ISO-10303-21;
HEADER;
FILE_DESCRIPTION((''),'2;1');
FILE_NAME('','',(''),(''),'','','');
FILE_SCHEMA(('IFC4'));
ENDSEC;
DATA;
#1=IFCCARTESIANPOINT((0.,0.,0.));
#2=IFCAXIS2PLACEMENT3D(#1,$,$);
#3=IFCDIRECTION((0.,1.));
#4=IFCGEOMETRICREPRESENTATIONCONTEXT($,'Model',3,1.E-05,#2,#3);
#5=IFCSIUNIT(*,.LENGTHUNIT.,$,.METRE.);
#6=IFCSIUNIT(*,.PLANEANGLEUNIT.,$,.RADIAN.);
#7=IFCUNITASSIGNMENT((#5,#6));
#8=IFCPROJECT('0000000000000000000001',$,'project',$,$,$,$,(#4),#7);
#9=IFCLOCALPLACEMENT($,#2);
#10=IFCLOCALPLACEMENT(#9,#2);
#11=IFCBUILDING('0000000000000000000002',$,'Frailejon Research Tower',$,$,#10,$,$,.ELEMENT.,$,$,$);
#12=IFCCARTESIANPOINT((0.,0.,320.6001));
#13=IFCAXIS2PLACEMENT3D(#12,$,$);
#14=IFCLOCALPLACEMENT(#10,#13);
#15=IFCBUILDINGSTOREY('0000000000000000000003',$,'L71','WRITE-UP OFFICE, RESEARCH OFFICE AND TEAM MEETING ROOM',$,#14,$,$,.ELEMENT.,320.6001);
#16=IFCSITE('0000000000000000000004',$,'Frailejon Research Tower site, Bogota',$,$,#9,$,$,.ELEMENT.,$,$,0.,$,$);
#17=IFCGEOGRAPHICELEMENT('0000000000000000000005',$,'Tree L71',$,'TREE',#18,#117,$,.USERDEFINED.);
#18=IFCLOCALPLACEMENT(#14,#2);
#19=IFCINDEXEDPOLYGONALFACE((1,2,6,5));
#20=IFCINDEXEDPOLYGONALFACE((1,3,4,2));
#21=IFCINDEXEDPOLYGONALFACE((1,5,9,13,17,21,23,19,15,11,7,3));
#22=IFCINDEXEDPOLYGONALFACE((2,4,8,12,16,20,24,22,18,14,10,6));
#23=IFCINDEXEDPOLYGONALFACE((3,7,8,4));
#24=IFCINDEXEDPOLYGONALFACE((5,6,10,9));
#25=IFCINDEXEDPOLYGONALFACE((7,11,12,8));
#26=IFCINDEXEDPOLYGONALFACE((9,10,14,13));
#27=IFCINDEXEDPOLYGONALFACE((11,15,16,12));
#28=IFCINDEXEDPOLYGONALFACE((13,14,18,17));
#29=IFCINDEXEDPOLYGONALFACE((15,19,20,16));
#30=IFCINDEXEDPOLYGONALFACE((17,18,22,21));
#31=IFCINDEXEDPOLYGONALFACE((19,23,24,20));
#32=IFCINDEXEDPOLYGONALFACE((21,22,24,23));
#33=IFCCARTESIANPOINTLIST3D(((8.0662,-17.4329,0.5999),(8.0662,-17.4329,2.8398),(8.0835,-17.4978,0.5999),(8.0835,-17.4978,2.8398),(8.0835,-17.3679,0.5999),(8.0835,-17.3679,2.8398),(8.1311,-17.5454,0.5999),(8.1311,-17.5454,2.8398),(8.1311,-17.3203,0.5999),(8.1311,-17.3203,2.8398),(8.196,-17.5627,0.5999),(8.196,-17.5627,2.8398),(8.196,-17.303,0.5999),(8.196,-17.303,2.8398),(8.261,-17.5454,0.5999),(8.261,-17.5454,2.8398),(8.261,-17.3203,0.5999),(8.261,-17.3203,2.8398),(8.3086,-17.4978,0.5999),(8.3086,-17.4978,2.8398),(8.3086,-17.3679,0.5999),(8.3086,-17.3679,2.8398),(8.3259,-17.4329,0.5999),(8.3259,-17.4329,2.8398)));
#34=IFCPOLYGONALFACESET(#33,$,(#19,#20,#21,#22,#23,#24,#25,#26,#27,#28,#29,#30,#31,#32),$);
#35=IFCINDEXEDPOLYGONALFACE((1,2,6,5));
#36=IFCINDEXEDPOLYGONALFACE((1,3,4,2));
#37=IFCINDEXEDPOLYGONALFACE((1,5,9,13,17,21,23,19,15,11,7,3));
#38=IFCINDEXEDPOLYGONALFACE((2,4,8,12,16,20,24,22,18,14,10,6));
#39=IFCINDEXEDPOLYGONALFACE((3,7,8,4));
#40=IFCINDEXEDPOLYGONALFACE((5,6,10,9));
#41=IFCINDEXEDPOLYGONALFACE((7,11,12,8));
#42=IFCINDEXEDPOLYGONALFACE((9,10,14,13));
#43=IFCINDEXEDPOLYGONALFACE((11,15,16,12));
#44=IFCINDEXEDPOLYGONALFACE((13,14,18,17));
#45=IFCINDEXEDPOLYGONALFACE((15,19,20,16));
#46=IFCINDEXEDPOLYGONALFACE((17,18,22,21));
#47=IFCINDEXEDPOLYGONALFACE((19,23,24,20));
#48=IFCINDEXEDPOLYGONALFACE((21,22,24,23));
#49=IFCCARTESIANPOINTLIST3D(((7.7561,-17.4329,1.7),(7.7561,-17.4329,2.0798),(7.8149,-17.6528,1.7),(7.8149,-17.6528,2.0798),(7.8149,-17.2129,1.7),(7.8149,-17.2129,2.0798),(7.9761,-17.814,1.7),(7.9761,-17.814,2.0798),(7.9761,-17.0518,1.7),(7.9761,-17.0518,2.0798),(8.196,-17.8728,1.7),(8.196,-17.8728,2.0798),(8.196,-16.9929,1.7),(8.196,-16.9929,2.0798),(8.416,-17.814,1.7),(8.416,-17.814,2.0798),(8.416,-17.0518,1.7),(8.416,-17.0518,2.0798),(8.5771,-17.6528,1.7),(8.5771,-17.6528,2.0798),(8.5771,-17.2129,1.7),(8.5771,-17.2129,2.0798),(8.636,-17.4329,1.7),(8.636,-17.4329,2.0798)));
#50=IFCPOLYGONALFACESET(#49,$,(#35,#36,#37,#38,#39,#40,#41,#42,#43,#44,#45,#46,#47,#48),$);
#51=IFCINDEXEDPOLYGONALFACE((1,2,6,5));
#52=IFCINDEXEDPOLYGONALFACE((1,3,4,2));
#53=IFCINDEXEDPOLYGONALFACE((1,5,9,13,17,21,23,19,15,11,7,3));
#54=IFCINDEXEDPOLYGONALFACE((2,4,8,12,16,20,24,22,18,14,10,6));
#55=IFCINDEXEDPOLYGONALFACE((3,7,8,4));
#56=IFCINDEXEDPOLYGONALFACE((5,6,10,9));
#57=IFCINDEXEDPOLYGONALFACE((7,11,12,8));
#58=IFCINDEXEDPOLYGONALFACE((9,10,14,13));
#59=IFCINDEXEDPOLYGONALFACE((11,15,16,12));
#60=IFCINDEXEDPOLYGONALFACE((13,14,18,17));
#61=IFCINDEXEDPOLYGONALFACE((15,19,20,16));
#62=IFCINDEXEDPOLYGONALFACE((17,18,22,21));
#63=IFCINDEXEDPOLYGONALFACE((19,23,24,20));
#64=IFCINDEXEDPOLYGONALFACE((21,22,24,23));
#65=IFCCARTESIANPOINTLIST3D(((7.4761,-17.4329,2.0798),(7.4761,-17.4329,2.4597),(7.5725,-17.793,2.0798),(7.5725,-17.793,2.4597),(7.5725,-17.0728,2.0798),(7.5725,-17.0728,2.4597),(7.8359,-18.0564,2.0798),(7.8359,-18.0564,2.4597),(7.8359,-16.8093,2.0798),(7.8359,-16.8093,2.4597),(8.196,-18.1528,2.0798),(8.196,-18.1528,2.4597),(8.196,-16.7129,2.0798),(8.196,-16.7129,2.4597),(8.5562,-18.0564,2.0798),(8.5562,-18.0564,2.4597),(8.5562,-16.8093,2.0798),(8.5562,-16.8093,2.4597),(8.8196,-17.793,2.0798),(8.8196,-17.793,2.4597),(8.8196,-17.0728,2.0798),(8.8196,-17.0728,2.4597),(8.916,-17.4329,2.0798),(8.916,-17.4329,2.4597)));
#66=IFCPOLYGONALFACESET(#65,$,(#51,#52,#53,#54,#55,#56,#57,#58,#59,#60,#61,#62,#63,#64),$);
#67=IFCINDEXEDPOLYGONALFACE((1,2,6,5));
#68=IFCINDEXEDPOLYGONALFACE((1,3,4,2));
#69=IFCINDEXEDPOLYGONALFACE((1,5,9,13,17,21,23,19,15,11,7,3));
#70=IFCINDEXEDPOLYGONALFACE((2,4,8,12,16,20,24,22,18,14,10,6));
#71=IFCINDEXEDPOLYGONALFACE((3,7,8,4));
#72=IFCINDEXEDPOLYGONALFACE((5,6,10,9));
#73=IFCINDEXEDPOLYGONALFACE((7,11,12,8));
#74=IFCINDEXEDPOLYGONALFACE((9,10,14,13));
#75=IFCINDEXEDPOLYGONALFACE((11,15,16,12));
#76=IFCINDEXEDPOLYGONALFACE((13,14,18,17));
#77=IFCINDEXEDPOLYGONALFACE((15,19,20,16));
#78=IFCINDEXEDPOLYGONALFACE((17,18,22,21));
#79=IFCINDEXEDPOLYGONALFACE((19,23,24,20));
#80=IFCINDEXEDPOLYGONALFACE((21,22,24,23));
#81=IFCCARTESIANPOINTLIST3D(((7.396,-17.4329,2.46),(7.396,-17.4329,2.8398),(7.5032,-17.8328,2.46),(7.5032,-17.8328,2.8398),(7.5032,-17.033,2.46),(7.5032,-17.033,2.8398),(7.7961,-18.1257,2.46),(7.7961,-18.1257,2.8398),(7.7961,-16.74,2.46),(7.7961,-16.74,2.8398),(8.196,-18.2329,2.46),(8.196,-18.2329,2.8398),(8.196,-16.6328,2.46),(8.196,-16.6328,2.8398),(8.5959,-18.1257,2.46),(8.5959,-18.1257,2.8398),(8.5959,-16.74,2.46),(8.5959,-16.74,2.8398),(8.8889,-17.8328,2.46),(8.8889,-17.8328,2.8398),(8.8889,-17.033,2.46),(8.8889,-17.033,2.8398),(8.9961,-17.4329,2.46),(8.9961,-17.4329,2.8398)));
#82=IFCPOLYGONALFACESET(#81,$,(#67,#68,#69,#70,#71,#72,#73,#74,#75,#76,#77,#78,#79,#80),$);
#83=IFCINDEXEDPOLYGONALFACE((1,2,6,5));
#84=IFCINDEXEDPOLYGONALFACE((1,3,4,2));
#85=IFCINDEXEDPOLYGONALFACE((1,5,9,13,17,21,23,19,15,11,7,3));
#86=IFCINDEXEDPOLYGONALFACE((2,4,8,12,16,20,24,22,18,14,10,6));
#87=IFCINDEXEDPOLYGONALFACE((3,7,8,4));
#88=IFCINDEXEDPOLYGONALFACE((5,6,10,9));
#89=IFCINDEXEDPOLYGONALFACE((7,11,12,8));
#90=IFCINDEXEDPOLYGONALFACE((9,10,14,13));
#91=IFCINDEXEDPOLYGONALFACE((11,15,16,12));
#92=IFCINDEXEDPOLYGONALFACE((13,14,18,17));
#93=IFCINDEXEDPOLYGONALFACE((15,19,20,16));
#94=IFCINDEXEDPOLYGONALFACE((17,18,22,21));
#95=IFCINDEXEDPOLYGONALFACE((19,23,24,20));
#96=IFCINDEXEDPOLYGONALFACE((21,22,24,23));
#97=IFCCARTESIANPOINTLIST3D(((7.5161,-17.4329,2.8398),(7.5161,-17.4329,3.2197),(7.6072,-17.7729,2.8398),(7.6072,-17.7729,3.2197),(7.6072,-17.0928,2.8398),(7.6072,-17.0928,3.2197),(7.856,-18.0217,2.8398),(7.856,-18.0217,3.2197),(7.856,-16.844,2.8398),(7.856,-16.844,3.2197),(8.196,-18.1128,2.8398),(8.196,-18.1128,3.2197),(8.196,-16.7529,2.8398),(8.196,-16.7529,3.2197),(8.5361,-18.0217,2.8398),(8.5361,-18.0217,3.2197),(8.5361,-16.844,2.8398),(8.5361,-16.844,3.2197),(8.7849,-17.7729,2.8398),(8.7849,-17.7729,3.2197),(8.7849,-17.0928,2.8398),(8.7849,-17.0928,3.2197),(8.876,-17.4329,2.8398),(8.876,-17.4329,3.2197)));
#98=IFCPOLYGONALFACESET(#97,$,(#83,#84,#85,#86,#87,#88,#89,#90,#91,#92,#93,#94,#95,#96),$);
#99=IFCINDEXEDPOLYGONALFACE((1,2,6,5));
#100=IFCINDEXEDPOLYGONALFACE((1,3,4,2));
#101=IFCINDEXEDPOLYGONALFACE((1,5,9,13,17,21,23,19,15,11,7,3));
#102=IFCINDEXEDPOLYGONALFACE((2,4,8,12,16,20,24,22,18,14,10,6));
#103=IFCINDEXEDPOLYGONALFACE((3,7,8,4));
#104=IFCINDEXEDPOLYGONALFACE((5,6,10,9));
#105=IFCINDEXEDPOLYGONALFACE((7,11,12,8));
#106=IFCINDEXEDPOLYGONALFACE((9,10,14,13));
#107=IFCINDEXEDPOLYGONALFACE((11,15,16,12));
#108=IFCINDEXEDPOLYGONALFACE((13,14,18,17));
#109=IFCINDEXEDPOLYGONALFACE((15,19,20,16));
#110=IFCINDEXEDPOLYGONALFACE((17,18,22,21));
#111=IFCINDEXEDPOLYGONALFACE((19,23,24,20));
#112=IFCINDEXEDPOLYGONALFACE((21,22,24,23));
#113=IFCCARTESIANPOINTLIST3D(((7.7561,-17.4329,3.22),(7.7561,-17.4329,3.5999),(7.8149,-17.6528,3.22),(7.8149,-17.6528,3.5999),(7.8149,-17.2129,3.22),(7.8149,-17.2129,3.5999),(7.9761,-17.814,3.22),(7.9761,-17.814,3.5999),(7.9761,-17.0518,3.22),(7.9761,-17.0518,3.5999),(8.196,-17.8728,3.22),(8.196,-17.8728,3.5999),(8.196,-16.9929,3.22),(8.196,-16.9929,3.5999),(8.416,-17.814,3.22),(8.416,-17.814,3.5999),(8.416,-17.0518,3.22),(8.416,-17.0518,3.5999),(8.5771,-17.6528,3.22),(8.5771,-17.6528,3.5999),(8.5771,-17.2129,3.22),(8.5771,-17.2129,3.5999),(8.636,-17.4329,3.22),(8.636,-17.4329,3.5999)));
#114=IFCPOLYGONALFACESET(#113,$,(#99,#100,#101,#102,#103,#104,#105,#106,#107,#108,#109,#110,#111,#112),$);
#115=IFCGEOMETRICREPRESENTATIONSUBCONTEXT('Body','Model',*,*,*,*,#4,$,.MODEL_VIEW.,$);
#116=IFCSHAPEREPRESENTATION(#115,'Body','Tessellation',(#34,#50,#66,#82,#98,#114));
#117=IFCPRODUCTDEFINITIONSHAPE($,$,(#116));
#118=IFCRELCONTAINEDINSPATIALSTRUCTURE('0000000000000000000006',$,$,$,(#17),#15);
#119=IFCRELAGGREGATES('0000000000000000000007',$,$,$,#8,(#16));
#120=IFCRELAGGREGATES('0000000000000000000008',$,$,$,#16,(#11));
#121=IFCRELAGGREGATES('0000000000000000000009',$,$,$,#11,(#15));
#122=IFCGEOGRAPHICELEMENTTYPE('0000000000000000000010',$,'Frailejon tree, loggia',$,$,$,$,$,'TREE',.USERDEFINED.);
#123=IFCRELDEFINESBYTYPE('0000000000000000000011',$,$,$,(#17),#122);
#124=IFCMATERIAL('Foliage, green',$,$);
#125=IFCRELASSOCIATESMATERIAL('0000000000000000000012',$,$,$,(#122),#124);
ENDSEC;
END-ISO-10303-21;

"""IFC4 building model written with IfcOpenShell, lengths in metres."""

from ifc_helpers import new_model, si_unit, direction, frame, origin, place, context, subcontext, project, spatial, polyline, outline, extrude, material, type_object, element, save


model = new_model("IFC4")

# Units and contexts
model_context = context("Model", 3, precision=1e-05, world=origin(), true_north=direction((0.0, 1.0)))
body_context = subcontext(model_context, "Body", "Model", "MODEL_VIEW")
ifc_project = project(units=[si_unit("LENGTHUNIT", "METRE"), si_unit("PLANEANGLEUNIT", "RADIAN")], contexts=[model_context])

# Site, building, storey
site_placement = place(None, origin())
site = spatial("IfcSite", under=ifc_project, at=site_placement, Name="Frailejon Research Tower site, Bogota", CompositionType="ELEMENT", RefElevation=0.0)
building_placement = place(site_placement, origin())
building = spatial("IfcBuilding", under=site, at=building_placement, Name="Frailejon Research Tower", CompositionType="ELEMENT")
storey_placement = place(building_placement, frame((0.0, 0.0, 320.6001)))
storey = spatial("IfcBuildingStorey", under=building, at=storey_placement, Name="L71", Description="WRITE-UP OFFICE, RESEARCH OFFICE AND TEAM MEETING ROOM", CompositionType="ELEMENT", Elevation=320.6001)

# Geographic element
ifc_material_1 = material(Name="Foliage, green")
geographic_element_type = type_object("IfcGeographicElementType", Name="Frailejon tree, loggia", ElementType="TREE", PredefinedType="USERDEFINED", material=ifc_material_1)
geographic_element_placement = place(storey_placement, frame((8.196, -17.4329, 0.5999)))
element("IfcGeographicElement", 1, at=geographic_element_placement, inside=storey, type_object=geographic_element_type, Name="Tree L71", ObjectType="TREE", PredefinedType="USERDEFINED", context=body_context, shape_type="SweptSolid", body=[
    extrude(outline(polyline([(0.1299, 0.0), (0.1125, 0.0649), (0.0649, 0.1125), (0.0, 0.1299), (-0.0649, 0.1125), (-0.1125, 0.0649), (-0.1299, 0.0), (-0.1125, -0.0649), (-0.0649, -0.1125), (0.0, -0.1299), (0.0649, -0.1125), (0.1125, -0.0649), (0.1299, 0.0)])), origin(), (0.0, 0.0, 1.0), 2.24),
    extrude(outline(polyline([(0.4399, 0.0), (0.3811, 0.22), (0.22, 0.3811), (0.0, 0.4399), (-0.22, 0.3811), (-0.3811, 0.22), (-0.4399, 0.0), (-0.3811, -0.22), (-0.22, -0.3811), (0.0, -0.4399), (0.22, -0.3811), (0.3811, -0.22), (0.4399, 0.0)])), frame((0.0, 0.0, 1.1001)), (0.0, 0.0, 1.0), 0.3799),
    extrude(outline(polyline([(0.72, 0.0), (0.6235, 0.3601), (0.3601, 0.6235), (0.0, 0.72), (-0.3601, 0.6235), (-0.6235, 0.3601), (-0.72, 0.0), (-0.6235, -0.3601), (-0.3601, -0.6235), (0.0, -0.72), (0.3601, -0.6235), (0.6235, -0.3601), (0.72, 0.0)])), frame((0.0, 0.0, 1.48)), (0.0, 0.0, 1.0), 0.3799),
    extrude(outline(polyline([(0.8, 0.0), (0.6929, 0.3999), (0.3999, 0.6929), (0.0, 0.8), (-0.3999, 0.6929), (-0.6929, 0.3999), (-0.8, 0.0), (-0.6929, -0.3999), (-0.3999, -0.6929), (0.0, -0.8), (0.3999, -0.6929), (0.6929, -0.3999), (0.8, 0.0)])), frame((0.0, 0.0, 1.8601)), (0.0, 0.0, 1.0), 0.3799),
    extrude(outline(polyline([(0.6799, 0.0), (0.5889, 0.3401), (0.3401, 0.5889), (0.0, 0.6799), (-0.3401, 0.5889), (-0.5889, 0.3401), (-0.6799, 0.0), (-0.5889, -0.3401), (-0.3401, -0.5889), (0.0, -0.6799), (0.3401, -0.5889), (0.5889, -0.3401), (0.6799, 0.0)])), frame((0.0, 0.0, 2.24)), (0.0, 0.0, 1.0), 0.3799),
    extrude(outline(polyline([(0.4399, 0.0), (0.3811, 0.22), (0.22, 0.3811), (0.0, 0.4399), (-0.22, 0.3811), (-0.3811, 0.22), (-0.4399, 0.0), (-0.3811, -0.22), (-0.22, -0.3811), (0.0, -0.4399), (0.22, -0.3811), (0.3811, -0.22), (0.4399, 0.0)])), frame((0.0, 0.0, 2.6201)), (0.0, 0.0, 1.0), 0.3799),
])

save(model, "model.ifc")
